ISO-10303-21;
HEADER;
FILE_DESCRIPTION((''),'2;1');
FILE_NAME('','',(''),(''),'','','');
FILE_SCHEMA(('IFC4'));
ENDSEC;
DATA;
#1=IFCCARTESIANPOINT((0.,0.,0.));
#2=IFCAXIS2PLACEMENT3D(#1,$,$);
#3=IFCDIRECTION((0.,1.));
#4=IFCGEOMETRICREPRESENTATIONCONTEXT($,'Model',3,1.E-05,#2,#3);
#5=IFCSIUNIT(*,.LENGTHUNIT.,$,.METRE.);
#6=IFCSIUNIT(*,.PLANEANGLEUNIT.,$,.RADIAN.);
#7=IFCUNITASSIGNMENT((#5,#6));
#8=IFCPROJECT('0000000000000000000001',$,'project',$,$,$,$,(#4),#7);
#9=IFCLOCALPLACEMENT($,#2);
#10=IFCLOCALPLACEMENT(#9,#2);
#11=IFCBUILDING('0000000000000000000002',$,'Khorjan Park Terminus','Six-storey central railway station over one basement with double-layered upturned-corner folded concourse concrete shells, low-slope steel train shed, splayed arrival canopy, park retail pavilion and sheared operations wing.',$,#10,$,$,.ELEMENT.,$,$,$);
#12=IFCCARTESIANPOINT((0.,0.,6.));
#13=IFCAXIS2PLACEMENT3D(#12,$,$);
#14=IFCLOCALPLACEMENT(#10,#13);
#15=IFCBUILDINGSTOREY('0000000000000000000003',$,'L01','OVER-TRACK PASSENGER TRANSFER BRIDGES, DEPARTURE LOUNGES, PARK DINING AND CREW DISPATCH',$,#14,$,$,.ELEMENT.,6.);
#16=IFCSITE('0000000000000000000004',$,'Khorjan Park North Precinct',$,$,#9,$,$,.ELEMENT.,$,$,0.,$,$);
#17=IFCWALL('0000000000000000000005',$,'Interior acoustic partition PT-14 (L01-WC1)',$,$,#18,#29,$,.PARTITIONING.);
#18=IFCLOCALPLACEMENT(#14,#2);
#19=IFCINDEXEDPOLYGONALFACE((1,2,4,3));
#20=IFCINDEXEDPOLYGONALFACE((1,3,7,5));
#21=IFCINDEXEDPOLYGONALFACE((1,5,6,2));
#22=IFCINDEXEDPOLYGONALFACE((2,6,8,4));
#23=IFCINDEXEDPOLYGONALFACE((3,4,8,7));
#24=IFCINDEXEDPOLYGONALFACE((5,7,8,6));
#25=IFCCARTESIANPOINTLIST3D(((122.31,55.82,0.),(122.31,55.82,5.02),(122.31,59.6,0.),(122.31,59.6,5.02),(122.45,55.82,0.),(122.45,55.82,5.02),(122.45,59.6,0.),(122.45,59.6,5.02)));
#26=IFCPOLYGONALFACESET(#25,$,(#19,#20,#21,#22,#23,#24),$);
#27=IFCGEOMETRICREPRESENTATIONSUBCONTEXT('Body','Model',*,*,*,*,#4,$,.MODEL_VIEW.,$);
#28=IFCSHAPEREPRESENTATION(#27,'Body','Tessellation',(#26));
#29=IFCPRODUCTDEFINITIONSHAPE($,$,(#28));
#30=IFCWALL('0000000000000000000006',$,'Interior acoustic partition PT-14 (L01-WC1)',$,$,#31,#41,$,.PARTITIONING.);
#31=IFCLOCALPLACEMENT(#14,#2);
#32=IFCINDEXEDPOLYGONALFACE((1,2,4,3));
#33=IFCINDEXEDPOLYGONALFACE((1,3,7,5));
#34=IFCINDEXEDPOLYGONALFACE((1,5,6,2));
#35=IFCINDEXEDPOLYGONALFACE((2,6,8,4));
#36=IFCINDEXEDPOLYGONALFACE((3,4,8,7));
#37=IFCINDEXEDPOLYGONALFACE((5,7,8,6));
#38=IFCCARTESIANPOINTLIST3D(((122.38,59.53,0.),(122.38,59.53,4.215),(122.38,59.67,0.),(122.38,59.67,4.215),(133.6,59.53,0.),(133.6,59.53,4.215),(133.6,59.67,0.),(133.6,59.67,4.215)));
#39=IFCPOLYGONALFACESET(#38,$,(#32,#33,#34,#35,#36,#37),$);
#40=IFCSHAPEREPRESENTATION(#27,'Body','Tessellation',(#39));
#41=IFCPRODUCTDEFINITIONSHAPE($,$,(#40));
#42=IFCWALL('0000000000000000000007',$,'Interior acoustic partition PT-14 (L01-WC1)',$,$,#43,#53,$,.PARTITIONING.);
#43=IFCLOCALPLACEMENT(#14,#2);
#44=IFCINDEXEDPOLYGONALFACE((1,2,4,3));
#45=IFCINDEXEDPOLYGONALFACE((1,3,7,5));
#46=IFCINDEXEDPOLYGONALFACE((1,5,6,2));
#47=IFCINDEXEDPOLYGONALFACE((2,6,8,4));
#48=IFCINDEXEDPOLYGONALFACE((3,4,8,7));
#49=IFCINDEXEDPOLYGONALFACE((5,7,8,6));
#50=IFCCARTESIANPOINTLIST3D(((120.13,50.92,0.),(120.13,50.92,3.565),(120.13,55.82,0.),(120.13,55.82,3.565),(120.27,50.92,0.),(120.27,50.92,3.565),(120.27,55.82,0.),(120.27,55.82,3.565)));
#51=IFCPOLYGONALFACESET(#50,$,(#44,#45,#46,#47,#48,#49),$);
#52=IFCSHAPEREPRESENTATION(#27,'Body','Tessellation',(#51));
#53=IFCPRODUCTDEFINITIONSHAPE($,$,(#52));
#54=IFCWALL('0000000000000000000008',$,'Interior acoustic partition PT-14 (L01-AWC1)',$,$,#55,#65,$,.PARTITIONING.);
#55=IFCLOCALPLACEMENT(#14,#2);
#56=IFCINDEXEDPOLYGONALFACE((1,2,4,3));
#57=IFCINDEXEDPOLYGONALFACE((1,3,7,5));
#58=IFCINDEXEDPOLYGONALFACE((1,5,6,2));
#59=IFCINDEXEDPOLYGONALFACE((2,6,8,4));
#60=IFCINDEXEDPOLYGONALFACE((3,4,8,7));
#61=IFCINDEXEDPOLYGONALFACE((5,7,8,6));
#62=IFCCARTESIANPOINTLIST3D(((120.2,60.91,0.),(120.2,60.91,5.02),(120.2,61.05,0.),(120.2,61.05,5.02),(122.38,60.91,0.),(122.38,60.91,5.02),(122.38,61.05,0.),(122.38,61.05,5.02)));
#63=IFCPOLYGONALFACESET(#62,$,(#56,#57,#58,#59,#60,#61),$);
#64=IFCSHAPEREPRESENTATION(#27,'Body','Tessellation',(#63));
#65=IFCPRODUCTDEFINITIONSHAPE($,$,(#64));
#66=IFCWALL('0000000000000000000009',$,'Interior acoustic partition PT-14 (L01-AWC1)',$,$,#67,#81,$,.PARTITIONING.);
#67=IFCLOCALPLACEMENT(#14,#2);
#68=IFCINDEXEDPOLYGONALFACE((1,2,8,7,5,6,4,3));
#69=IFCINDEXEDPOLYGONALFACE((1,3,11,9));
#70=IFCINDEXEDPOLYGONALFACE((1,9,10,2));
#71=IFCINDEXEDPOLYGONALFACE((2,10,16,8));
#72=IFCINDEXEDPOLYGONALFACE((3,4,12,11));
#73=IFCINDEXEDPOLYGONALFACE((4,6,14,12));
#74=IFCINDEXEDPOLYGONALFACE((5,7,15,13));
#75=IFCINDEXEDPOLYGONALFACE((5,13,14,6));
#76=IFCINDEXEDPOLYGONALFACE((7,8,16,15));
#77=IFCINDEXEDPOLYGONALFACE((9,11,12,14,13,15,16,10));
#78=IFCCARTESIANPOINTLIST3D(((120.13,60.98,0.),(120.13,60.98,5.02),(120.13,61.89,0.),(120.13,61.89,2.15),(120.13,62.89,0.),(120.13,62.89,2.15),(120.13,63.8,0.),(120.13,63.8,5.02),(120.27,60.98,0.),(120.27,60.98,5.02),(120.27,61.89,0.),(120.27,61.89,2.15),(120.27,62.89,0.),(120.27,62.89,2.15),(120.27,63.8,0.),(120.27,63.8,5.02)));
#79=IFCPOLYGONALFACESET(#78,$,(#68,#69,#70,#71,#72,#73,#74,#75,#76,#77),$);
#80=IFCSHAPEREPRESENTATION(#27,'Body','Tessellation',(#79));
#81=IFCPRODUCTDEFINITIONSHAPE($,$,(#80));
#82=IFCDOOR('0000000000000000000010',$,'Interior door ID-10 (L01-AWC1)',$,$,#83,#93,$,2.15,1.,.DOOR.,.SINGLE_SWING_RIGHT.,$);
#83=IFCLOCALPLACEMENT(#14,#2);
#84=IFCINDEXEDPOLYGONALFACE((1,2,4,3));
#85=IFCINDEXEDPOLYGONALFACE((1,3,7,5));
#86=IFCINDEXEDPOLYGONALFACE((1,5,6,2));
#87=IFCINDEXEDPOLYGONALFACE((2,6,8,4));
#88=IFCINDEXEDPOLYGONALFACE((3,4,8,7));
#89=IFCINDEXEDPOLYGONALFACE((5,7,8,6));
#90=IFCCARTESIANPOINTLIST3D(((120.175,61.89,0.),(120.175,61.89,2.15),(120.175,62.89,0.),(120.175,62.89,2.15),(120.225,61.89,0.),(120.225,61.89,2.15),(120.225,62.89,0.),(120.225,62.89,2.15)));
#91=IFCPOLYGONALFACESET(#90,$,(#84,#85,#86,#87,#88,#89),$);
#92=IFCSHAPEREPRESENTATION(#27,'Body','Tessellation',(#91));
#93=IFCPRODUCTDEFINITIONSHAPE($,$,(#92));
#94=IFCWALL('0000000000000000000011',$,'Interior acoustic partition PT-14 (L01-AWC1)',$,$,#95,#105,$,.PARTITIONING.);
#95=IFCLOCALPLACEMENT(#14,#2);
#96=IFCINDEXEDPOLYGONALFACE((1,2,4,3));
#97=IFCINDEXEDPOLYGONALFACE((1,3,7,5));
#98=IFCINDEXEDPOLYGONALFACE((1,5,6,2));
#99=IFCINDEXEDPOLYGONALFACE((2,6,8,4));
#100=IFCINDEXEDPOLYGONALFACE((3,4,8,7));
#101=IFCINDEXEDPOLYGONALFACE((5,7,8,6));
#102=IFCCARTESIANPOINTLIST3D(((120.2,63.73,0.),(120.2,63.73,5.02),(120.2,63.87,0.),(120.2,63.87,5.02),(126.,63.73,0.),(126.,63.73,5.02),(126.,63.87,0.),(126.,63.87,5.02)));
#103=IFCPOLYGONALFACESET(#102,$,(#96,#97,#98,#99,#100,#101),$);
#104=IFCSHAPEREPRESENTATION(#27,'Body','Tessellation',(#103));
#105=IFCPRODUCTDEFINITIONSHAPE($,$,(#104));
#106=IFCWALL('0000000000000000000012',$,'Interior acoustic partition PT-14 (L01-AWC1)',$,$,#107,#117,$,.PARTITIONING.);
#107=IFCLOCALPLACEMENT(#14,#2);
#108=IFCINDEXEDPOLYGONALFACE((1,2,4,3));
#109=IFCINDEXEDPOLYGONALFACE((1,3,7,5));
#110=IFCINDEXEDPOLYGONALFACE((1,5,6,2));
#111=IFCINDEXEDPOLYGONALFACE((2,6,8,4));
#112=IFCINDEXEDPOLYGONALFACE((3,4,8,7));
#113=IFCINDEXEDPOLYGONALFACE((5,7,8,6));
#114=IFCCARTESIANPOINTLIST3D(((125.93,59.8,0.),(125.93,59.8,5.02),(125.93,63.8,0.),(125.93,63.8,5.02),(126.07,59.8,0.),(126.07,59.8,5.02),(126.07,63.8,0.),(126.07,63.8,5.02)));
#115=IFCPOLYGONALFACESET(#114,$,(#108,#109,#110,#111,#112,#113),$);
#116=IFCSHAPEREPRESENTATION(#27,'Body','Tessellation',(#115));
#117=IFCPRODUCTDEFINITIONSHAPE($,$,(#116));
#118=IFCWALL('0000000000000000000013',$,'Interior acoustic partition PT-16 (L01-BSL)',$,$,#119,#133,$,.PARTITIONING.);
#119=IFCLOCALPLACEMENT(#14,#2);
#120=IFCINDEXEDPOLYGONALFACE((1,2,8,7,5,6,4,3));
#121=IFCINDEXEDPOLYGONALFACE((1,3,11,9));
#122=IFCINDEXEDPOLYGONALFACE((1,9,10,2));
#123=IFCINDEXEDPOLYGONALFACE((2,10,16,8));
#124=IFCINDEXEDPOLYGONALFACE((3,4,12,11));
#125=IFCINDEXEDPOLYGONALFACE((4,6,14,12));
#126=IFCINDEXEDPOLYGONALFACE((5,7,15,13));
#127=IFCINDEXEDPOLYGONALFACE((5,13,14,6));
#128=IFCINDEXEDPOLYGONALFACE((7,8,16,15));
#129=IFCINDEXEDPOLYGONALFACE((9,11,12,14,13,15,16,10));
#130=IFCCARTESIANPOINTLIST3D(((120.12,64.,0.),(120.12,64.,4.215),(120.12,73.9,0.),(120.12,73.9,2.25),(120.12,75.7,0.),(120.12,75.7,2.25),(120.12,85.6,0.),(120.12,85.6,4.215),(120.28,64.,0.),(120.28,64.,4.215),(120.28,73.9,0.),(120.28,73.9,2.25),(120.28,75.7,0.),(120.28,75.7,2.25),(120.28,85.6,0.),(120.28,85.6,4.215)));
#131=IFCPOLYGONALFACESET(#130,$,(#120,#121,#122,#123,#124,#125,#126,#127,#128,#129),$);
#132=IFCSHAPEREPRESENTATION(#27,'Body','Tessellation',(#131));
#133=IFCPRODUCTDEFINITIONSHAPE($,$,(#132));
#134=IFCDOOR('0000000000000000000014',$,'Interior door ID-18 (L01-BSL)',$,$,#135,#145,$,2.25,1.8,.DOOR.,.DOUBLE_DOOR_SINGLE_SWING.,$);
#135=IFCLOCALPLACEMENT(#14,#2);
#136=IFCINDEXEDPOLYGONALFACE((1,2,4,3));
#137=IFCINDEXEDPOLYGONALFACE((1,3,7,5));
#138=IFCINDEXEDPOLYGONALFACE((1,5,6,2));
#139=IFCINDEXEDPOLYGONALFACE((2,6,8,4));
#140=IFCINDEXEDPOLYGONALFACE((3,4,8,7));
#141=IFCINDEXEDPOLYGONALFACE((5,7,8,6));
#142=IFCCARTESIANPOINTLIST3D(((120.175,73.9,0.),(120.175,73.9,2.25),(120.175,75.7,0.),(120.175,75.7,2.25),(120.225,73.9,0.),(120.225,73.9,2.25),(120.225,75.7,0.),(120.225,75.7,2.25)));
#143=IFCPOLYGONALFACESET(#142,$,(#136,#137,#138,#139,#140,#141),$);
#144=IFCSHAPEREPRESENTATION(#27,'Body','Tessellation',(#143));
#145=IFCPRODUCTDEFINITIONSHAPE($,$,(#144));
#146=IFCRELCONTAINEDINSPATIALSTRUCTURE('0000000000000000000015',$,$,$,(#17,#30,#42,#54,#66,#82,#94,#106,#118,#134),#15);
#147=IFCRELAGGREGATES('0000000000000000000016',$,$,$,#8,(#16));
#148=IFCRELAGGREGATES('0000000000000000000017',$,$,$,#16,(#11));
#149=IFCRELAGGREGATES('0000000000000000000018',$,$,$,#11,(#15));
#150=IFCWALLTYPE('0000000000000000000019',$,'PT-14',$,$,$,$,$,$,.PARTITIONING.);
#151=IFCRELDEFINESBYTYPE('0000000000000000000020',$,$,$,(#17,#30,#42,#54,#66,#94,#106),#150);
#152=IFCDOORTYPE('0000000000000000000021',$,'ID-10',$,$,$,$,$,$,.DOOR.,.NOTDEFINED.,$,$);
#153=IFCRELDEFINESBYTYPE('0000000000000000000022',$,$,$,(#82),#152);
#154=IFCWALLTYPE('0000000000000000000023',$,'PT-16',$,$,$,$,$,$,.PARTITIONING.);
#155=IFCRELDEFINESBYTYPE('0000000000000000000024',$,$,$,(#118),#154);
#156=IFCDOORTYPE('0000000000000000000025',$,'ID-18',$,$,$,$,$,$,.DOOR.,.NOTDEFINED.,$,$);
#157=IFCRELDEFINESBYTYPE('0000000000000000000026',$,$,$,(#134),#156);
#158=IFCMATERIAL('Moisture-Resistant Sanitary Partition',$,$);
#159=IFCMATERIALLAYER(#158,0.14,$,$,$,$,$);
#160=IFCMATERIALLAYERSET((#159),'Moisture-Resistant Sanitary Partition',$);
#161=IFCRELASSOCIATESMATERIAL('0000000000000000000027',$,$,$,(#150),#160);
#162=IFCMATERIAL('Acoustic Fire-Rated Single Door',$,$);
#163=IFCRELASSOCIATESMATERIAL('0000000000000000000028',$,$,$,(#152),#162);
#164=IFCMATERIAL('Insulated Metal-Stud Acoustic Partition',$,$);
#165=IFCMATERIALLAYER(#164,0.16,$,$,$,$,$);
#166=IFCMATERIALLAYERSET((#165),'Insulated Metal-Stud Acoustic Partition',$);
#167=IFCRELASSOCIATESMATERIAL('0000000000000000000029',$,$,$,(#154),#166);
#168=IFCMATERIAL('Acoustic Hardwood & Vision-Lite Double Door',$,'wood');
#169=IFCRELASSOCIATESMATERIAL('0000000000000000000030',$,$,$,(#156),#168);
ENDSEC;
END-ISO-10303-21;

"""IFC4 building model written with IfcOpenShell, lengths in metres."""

from ifc_helpers import new_model, si_unit, direction, frame, frame_2d, origin, place, context, subcontext, project, spatial, rectangle, extrude, material, layer, layer_set, type_object, element, fill, save


model = new_model("IFC4")

# Units and contexts
model_context = context("Model", 3, precision=1e-05, world=origin(), true_north=direction((0.0, 1.0)))
body_context = subcontext(model_context, "Body", "Model", "MODEL_VIEW")
ifc_project = project(units=[si_unit("LENGTHUNIT", "METRE"), si_unit("PLANEANGLEUNIT", "RADIAN")], contexts=[model_context])

# Site, building, storey
site_placement = place(None, origin())
site = spatial("IfcSite", under=ifc_project, at=site_placement, Name="Khorjan Park North Precinct", CompositionType="ELEMENT", RefElevation=0.0)
building_placement = place(site_placement, origin())
building = spatial("IfcBuilding", under=site, at=building_placement, Name="Khorjan Park Terminus", Description="Six-storey central railway station over one basement with double-layered upturned-corner folded concourse concrete shells, low-slope steel train shed, splayed arrival canopy, park retail pavilion and sheared operations wing.", CompositionType="ELEMENT")
storey_placement = place(building_placement, frame((0.0, 0.0, 6.0)))
storey = spatial("IfcBuildingStorey", under=building, at=storey_placement, Name="L01", Description="OVER-TRACK PASSENGER TRANSFER BRIDGES, DEPARTURE LOUNGES, PARK DINING AND CREW DISPATCH", CompositionType="ELEMENT", Elevation=6.0)

# Walls
ifc_material_1 = material(Name="Moisture-Resistant Sanitary Partition")
ifc_layer_1 = layer(ifc_material_1, 0.14)
ifc_layer_set_1 = layer_set([ifc_layer_1], Name="Moisture-Resistant Sanitary Partition")
wall_type_1 = type_object("IfcWallType", Name="PT-14", PredefinedType="PARTITIONING", material=ifc_layer_set_1)
wall_1_placement = place(storey_placement, frame((122.38, 55.82, 0.0), z_axis=(0.0, 0.0, 1.0), x_axis=(0.0, 1.0, 0.0)))
element("IfcWall", 1, at=wall_1_placement, inside=storey, type_object=wall_type_1, Name="Interior acoustic partition PT-14 (L01-WC1)", PredefinedType="PARTITIONING", context=body_context, shape_type="SweptSolid", body=[
    extrude(rectangle(XDim=3.78, YDim=0.14, at=frame_2d((1.89, 0.0))), origin(), (0.0, 0.0, 1.0), 5.02),
])
wall_2_placement = place(storey_placement, frame((122.38, 59.6, 0.0), z_axis=(0.0, 0.0, 1.0), x_axis=(1.0, 0.0, 0.0)))
element("IfcWall", 2, at=wall_2_placement, inside=storey, type_object=wall_type_1, Name="Interior acoustic partition PT-14 (L01-WC1)", PredefinedType="PARTITIONING", context=body_context, shape_type="SweptSolid", body=[
    extrude(rectangle(XDim=11.22, YDim=0.14, at=frame_2d((5.61, 0.0))), origin(), (0.0, 0.0, 1.0), 4.215),
])
wall_3_placement = place(storey_placement, frame((120.2, 50.92, 0.0), z_axis=(0.0, 0.0, 1.0), x_axis=(0.0, 1.0, 0.0)))
element("IfcWall", 3, at=wall_3_placement, inside=storey, type_object=wall_type_1, Name="Interior acoustic partition PT-14 (L01-WC1)", PredefinedType="PARTITIONING", context=body_context, shape_type="SweptSolid", body=[
    extrude(rectangle(XDim=4.9, YDim=0.14, at=frame_2d((2.45, 0.0))), origin(), (0.0, 0.0, 1.0), 3.565),
])
wall_4_placement = place(storey_placement, frame((122.38, 60.98, 0.0), z_axis=(0.0, 0.0, 1.0), x_axis=(-1.0, 0.0, 0.0)))
element("IfcWall", 4, at=wall_4_placement, inside=storey, type_object=wall_type_1, Name="Interior acoustic partition PT-14 (L01-AWC1)", PredefinedType="PARTITIONING", context=body_context, shape_type="SweptSolid", body=[
    extrude(rectangle(XDim=2.18, YDim=0.14, at=frame_2d((1.09, 0.0))), origin(), (0.0, 0.0, 1.0), 5.02),
])

# Wall, opening, door
wall_5_placement = place(storey_placement, frame((120.2, 60.98, 0.0), z_axis=(0.0, 0.0, 1.0), x_axis=(0.0, 1.0, 0.0)))
wall_5 = element("IfcWall", 5, at=wall_5_placement, inside=storey, type_object=wall_type_1, Name="Interior acoustic partition PT-14 (L01-AWC1)", PredefinedType="PARTITIONING", context=body_context, shape_type="SweptSolid", body=[
    extrude(rectangle(XDim=2.82, YDim=0.14, at=frame_2d((1.41, 0.0))), origin(), (0.0, 0.0, 1.0), 5.02),
])
opening_1_placement = place(wall_5_placement, frame((0.91, 0.0, 0.0)))
opening_1 = element("IfcOpeningElement", 6, at=opening_1_placement, cuts=wall_5, PredefinedType="OPENING", context=body_context, shape_type="SweptSolid", body=[
    extrude(rectangle(XDim=1.0, YDim=2.15, at=frame_2d((0.5, 1.075))), frame((0.0, 0.08, 0.0), z_axis=(0.0, -1.0, 0.0), x_axis=(1.0, 0.0, 0.0)), (0.0, 0.0, 1.0), 0.16),
])
ifc_material_2 = material(Name="Acoustic Fire-Rated Single Door")
door_type_1 = type_object("IfcDoorType", Name="ID-10", OperationType="NOTDEFINED", PredefinedType="DOOR", material=ifc_material_2)
door_1_placement = place(opening_1_placement, origin())
door_1 = element("IfcDoor", 7, at=door_1_placement, inside=storey, type_object=door_type_1, Name="Interior door ID-10 (L01-AWC1)", OperationType="SINGLE_SWING_RIGHT", OverallHeight=2.15, OverallWidth=1.0, PredefinedType="DOOR", context=body_context, shape_type="SweptSolid", body=[
    extrude(rectangle(XDim=1.0, YDim=2.15, at=frame_2d((0.5, 1.075))), frame((0.0, 0.025, 0.0), z_axis=(0.0, -1.0, 0.0), x_axis=(1.0, 0.0, 0.0)), (0.0, 0.0, 1.0), 0.05),
])
fill(opening_1, door_1)

# Walls
wall_6_placement = place(storey_placement, frame((120.2, 63.8, 0.0), z_axis=(0.0, 0.0, 1.0), x_axis=(1.0, 0.0, 0.0)))
element("IfcWall", 8, at=wall_6_placement, inside=storey, type_object=wall_type_1, Name="Interior acoustic partition PT-14 (L01-AWC1)", PredefinedType="PARTITIONING", context=body_context, shape_type="SweptSolid", body=[
    extrude(rectangle(XDim=5.8, YDim=0.14, at=frame_2d((2.9, 0.0))), origin(), (0.0, 0.0, 1.0), 5.02),
])
wall_7_placement = place(storey_placement, frame((126.0, 63.8, 0.0), z_axis=(0.0, 0.0, 1.0), x_axis=(0.0, -1.0, 0.0)))
element("IfcWall", 9, at=wall_7_placement, inside=storey, type_object=wall_type_1, Name="Interior acoustic partition PT-14 (L01-AWC1)", PredefinedType="PARTITIONING", context=body_context, shape_type="SweptSolid", body=[
    extrude(rectangle(XDim=4.0, YDim=0.14, at=frame_2d((2.0, 0.0))), origin(), (0.0, 0.0, 1.0), 5.02),
])

# Wall, opening, door
ifc_material_3 = material(Name="Insulated Metal-Stud Acoustic Partition")
ifc_layer_2 = layer(ifc_material_3, 0.16)
ifc_layer_set_2 = layer_set([ifc_layer_2], Name="Insulated Metal-Stud Acoustic Partition")
wall_type_2 = type_object("IfcWallType", Name="PT-16", PredefinedType="PARTITIONING", material=ifc_layer_set_2)
wall_8_placement = place(storey_placement, frame((120.2, 64.0, 0.0), z_axis=(0.0, 0.0, 1.0), x_axis=(0.0, 1.0, 0.0)))
wall_8 = element("IfcWall", 10, at=wall_8_placement, inside=storey, type_object=wall_type_2, Name="Interior acoustic partition PT-16 (L01-BSL)", PredefinedType="PARTITIONING", context=body_context, shape_type="SweptSolid", body=[
    extrude(rectangle(XDim=21.6, YDim=0.16, at=frame_2d((10.8, 0.0))), origin(), (0.0, 0.0, 1.0), 4.215),
])
opening_2_placement = place(wall_8_placement, frame((9.9, 0.0, 0.0)))
opening_2 = element("IfcOpeningElement", 11, at=opening_2_placement, cuts=wall_8, PredefinedType="OPENING", context=body_context, shape_type="SweptSolid", body=[
    extrude(rectangle(XDim=1.8, YDim=2.25, at=frame_2d((0.9, 1.125))), frame((0.0, 0.09, 0.0), z_axis=(0.0, -1.0, 0.0), x_axis=(1.0, 0.0, 0.0)), (0.0, 0.0, 1.0), 0.18),
])
ifc_material_4 = material(Name="Acoustic Hardwood & Vision-Lite Double Door", Category="wood")
door_type_2 = type_object("IfcDoorType", Name="ID-18", OperationType="NOTDEFINED", PredefinedType="DOOR", material=ifc_material_4)
door_2_placement = place(opening_2_placement, origin())
door_2 = element("IfcDoor", 12, at=door_2_placement, inside=storey, type_object=door_type_2, Name="Interior door ID-18 (L01-BSL)", OperationType="DOUBLE_DOOR_SINGLE_SWING", OverallHeight=2.25, OverallWidth=1.8, PredefinedType="DOOR", context=body_context, shape_type="SweptSolid", body=[
    extrude(rectangle(XDim=1.8, YDim=2.25, at=frame_2d((0.9, 1.125))), frame((0.0, 0.025, 0.0), z_axis=(0.0, -1.0, 0.0), x_axis=(1.0, 0.0, 0.0)), (0.0, 0.0, 1.0), 0.05),
])
fill(opening_2, door_2)

save(model, "model.ifc")
